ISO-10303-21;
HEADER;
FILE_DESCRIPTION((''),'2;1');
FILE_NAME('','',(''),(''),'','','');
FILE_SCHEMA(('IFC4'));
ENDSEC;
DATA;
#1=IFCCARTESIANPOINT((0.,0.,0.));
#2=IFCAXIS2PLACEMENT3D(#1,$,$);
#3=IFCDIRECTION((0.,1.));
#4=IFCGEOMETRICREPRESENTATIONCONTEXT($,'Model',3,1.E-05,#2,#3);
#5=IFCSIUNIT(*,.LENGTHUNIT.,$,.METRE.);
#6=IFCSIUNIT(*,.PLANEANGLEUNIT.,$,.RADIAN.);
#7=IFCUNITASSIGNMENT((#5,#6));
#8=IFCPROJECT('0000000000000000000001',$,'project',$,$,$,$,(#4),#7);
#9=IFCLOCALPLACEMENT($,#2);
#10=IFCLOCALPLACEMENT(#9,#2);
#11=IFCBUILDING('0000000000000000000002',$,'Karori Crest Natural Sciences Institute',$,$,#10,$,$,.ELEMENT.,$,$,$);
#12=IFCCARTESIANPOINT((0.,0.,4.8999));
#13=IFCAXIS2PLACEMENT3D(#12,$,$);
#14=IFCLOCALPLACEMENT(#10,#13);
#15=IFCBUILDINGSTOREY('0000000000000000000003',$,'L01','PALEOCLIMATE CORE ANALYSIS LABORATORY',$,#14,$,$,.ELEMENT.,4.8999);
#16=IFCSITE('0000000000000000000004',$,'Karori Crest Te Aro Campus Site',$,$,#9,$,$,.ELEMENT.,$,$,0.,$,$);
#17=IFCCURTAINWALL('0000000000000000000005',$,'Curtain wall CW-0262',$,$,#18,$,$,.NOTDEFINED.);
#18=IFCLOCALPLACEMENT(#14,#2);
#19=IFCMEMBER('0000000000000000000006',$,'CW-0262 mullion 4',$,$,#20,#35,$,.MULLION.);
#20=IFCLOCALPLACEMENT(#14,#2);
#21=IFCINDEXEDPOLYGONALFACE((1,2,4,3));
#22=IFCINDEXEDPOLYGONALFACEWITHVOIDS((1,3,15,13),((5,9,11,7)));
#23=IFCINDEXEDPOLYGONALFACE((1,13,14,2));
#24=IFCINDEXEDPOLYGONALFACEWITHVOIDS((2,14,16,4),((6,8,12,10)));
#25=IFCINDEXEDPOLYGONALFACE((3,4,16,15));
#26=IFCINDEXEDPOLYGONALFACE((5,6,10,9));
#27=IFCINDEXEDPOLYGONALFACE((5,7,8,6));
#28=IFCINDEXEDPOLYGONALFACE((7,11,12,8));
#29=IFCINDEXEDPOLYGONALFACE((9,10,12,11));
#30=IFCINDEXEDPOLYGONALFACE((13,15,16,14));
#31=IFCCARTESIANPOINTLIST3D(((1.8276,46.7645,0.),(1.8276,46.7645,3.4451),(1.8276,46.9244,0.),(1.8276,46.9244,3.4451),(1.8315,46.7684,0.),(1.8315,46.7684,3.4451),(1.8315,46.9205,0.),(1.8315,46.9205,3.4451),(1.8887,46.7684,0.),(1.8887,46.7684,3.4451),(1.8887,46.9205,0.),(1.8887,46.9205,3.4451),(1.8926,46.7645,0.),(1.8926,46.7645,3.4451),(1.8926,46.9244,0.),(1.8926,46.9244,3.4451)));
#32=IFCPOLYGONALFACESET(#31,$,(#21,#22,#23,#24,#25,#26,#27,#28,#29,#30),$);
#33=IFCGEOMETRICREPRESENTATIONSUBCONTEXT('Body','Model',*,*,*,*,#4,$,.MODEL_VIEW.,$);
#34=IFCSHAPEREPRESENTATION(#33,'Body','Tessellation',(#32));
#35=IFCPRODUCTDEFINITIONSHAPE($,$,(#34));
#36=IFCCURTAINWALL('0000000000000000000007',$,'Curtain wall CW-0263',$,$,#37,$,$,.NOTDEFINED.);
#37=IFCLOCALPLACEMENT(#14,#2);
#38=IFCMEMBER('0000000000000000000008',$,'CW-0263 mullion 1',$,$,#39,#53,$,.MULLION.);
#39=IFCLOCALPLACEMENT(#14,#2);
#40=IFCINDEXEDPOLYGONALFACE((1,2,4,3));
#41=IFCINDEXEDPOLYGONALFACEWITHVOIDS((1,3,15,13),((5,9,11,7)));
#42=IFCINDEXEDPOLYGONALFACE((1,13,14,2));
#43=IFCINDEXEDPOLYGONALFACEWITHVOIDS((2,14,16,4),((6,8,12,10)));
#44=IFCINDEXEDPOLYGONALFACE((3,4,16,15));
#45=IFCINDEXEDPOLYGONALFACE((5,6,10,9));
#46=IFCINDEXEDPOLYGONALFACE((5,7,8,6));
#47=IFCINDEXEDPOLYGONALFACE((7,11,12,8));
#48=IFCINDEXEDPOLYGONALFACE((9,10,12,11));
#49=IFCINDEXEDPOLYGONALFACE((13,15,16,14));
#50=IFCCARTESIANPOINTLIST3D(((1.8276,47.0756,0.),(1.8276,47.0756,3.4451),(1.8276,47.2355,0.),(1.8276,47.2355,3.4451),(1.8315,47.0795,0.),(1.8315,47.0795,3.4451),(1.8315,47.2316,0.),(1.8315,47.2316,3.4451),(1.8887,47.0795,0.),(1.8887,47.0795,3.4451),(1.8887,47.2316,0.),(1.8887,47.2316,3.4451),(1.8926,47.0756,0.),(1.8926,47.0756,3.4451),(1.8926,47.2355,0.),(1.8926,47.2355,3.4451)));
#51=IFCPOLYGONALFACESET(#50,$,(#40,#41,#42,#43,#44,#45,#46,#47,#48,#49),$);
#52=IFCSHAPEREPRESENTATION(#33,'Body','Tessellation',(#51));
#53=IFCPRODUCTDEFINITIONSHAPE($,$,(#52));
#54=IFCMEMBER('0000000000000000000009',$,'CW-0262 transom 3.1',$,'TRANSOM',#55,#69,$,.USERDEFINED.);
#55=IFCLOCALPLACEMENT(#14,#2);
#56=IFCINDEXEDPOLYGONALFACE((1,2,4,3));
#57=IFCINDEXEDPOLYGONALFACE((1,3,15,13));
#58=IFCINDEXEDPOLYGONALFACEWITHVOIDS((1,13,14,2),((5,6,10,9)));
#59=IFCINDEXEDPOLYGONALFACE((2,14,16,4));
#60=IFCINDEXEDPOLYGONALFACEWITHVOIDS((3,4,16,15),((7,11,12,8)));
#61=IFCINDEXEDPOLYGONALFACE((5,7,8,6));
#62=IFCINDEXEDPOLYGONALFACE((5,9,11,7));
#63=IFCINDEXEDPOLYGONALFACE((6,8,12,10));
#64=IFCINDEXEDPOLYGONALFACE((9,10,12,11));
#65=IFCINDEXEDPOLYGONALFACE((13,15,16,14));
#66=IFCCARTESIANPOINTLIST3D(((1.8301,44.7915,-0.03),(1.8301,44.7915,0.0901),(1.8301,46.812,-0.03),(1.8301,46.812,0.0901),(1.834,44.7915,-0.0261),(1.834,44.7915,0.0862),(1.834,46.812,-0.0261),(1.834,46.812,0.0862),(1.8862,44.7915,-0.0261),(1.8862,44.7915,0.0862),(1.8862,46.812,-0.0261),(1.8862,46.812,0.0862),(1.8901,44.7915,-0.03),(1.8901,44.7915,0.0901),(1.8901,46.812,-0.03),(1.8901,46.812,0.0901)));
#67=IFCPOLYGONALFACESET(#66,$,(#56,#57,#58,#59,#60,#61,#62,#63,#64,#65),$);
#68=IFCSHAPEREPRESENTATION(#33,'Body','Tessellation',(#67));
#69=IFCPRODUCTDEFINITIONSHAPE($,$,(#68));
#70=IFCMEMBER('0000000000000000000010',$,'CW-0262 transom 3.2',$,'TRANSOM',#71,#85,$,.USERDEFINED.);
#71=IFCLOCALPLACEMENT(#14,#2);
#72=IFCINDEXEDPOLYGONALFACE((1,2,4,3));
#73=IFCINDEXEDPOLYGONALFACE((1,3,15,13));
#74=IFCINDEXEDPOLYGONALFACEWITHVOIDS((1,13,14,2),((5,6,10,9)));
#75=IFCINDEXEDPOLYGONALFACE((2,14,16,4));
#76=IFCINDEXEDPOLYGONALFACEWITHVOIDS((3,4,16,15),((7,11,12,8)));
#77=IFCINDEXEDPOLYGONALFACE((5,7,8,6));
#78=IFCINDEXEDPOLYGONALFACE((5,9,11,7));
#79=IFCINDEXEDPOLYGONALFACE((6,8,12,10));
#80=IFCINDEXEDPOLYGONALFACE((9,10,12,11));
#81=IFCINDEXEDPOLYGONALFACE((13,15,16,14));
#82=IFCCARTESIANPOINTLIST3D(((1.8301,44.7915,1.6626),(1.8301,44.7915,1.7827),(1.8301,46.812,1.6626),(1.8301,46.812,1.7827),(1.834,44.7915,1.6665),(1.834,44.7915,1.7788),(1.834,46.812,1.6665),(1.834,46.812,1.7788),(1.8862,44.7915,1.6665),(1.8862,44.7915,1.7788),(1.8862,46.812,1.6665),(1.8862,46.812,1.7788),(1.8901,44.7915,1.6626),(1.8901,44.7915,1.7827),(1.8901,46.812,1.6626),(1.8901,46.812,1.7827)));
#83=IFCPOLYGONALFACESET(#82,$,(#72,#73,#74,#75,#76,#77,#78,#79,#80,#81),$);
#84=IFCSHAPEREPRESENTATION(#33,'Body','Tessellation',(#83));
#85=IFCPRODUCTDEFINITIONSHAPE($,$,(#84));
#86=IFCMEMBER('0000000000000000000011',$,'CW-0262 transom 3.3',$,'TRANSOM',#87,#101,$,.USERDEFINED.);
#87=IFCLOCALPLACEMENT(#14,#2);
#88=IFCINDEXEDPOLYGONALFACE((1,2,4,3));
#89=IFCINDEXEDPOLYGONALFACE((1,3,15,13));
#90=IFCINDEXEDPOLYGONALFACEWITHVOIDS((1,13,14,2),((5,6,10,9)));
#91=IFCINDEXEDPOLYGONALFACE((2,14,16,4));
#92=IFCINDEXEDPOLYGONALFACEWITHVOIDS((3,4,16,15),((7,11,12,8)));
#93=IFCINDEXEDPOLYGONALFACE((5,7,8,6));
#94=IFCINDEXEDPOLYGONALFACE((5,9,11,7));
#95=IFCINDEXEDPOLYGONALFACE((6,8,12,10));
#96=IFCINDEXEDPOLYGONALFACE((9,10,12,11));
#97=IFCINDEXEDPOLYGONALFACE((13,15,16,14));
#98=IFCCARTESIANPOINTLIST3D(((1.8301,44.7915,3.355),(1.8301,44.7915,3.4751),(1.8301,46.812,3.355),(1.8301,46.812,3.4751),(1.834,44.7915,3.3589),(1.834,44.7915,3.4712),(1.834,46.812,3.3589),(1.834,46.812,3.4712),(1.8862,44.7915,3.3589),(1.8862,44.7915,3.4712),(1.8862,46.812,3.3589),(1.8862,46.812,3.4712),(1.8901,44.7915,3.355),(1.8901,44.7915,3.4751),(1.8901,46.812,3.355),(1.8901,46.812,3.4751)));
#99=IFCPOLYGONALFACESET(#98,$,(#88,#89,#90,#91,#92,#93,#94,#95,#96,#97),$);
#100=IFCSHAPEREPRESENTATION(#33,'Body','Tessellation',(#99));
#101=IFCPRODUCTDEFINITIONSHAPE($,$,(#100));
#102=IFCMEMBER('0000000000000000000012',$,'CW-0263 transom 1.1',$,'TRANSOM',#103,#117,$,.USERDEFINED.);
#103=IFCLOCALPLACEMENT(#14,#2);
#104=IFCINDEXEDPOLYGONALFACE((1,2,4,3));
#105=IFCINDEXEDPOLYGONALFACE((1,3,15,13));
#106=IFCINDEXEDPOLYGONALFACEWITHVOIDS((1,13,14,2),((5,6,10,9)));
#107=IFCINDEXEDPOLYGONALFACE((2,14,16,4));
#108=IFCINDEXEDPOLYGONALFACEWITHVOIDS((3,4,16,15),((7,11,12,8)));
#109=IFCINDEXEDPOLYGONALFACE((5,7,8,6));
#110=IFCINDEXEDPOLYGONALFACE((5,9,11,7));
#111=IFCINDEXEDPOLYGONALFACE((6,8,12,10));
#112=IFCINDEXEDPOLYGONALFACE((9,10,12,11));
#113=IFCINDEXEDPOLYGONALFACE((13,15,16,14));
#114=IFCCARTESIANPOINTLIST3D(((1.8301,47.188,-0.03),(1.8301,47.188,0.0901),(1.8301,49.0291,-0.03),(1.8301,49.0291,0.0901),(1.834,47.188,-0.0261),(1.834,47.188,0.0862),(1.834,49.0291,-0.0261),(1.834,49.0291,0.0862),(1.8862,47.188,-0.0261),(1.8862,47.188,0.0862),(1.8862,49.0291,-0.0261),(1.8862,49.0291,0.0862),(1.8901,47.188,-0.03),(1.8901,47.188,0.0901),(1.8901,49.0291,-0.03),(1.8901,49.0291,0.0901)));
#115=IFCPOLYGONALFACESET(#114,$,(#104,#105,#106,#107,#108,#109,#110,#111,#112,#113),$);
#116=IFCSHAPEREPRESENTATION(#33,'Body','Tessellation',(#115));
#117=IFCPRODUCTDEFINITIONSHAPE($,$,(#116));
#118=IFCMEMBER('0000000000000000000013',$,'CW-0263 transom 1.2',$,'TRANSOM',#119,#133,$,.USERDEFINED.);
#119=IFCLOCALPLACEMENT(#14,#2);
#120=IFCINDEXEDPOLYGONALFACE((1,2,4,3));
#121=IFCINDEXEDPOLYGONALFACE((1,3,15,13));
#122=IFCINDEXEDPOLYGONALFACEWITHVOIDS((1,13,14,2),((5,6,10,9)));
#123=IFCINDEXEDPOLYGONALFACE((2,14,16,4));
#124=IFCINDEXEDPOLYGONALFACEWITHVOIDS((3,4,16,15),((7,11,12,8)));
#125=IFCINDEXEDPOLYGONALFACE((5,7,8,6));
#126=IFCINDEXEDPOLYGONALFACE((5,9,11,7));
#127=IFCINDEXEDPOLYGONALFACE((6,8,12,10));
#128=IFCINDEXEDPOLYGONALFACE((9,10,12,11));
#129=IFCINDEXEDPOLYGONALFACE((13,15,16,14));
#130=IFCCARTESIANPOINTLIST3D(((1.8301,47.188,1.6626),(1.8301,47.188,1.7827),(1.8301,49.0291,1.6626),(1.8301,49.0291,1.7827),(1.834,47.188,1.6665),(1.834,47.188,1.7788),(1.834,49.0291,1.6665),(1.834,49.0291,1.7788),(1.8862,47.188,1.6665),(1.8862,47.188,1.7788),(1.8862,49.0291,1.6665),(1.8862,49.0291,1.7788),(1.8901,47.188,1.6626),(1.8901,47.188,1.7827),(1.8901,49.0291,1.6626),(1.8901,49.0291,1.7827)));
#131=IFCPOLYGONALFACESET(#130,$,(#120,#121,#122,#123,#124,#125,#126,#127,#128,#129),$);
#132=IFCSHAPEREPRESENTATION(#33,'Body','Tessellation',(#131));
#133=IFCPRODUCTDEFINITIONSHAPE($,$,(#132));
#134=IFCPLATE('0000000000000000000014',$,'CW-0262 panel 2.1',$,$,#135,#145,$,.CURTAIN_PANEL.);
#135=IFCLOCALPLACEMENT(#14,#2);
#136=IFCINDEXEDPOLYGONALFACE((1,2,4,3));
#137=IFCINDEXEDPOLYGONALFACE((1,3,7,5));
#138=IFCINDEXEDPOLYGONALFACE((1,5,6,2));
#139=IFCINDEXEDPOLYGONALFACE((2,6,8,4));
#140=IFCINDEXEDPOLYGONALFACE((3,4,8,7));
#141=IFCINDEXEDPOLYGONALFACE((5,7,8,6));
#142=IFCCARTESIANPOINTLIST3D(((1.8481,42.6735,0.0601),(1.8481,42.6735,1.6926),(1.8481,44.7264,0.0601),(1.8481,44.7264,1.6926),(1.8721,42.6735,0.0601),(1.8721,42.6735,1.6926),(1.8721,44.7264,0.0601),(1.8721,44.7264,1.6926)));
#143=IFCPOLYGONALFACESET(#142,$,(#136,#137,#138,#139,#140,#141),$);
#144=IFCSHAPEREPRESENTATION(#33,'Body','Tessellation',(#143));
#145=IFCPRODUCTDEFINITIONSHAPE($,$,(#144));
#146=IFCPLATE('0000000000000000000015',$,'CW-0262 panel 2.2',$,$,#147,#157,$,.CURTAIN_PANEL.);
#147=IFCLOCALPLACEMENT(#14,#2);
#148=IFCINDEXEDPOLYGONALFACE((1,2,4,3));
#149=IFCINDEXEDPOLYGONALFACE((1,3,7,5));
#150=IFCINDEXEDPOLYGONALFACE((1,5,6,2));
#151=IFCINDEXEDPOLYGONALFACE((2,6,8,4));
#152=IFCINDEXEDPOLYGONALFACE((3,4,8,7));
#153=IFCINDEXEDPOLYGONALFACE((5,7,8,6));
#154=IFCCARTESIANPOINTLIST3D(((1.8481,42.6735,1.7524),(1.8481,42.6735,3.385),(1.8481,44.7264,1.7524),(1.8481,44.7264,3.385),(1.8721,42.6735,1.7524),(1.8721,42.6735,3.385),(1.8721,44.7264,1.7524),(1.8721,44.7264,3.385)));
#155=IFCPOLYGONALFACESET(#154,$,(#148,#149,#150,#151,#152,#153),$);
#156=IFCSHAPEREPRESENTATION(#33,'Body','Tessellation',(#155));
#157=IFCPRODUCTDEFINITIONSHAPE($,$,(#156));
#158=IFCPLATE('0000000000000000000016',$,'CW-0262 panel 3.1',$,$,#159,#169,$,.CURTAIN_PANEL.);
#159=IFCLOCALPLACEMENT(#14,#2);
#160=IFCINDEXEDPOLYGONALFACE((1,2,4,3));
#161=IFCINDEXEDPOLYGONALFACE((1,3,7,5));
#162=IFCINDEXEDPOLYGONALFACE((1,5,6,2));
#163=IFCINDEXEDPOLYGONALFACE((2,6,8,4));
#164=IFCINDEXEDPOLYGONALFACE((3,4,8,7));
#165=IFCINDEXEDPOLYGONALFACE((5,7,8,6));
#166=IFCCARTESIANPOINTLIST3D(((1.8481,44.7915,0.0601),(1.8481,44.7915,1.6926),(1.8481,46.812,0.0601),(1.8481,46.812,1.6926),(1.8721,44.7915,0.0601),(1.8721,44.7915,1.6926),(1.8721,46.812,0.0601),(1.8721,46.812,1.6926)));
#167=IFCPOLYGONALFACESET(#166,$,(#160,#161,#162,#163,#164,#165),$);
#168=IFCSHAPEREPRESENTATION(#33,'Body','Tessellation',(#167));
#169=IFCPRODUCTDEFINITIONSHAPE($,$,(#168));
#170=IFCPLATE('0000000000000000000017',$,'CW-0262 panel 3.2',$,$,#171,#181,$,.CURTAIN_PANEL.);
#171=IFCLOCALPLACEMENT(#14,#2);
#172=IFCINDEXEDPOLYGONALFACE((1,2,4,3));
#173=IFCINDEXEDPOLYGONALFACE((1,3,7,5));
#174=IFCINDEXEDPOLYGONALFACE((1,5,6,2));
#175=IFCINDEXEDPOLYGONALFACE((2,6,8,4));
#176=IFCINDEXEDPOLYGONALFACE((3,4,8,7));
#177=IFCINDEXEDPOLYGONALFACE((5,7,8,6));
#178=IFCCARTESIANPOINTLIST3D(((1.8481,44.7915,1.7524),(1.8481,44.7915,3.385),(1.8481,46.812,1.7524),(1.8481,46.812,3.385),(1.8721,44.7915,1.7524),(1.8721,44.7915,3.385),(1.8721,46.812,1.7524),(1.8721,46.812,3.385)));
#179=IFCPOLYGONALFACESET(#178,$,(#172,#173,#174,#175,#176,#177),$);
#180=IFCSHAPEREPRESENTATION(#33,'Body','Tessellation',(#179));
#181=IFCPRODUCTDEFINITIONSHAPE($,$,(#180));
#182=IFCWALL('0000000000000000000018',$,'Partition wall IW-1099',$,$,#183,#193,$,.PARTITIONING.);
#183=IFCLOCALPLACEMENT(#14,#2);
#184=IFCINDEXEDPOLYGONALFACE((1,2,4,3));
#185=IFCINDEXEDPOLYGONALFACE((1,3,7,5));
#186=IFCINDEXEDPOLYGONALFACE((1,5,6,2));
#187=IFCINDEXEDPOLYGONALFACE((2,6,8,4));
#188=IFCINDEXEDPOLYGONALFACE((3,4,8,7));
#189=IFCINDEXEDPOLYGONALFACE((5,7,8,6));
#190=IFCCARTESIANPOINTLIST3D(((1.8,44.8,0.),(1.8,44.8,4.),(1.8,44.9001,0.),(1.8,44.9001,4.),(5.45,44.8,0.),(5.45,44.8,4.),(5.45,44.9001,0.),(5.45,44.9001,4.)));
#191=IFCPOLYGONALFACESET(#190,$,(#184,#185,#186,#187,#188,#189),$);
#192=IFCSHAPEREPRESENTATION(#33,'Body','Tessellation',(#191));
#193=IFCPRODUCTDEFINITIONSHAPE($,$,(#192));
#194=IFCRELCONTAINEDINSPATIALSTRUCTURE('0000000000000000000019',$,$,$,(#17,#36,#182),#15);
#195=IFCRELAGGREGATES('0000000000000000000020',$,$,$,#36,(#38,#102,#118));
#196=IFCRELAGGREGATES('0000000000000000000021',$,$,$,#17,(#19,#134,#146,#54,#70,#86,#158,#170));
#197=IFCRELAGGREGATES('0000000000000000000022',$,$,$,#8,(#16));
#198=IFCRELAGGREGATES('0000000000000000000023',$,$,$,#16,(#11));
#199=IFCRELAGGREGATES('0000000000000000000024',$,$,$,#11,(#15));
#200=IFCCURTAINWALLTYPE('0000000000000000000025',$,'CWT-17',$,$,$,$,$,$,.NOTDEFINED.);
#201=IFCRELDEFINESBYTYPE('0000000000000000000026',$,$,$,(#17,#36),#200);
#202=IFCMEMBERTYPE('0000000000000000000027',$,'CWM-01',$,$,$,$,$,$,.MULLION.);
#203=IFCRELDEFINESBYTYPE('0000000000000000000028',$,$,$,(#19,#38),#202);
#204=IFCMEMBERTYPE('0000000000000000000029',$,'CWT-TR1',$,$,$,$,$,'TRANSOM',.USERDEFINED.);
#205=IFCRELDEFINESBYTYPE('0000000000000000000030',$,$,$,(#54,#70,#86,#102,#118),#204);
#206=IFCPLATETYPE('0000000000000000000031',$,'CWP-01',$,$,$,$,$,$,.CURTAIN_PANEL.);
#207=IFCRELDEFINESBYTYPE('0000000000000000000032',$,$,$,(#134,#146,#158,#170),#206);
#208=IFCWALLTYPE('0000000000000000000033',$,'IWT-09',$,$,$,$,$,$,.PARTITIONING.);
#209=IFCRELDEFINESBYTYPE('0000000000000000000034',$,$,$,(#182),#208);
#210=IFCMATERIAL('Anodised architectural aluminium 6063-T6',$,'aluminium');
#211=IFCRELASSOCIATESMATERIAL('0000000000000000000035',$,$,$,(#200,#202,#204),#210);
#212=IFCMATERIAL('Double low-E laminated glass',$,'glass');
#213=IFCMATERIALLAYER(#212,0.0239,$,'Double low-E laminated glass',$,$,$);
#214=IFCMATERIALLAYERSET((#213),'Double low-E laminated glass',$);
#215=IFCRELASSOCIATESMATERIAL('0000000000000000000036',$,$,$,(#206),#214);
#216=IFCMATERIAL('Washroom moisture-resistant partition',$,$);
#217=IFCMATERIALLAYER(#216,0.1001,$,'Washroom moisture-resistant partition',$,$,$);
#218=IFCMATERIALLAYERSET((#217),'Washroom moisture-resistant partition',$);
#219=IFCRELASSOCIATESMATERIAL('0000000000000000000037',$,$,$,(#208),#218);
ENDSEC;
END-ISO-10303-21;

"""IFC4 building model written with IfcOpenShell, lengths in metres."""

from ifc_helpers import new_model, si_unit, direction, frame, frame_2d, origin, origin_2d, place, context, subcontext, project, spatial, rectangle, hollow_rectangle, extrude, material, layer, layer_set, material_profile, profile_set, type_object, element, aggregate, save


model = new_model("IFC4")

# Units and contexts
model_context = context("Model", 3, precision=1e-05, world=origin(), true_north=direction((0.0, 1.0)))
body_context = subcontext(model_context, "Body", "Model", "MODEL_VIEW")
ifc_project = project(units=[si_unit("LENGTHUNIT", "METRE"), si_unit("PLANEANGLEUNIT", "RADIAN")], contexts=[model_context])

# Site, building, storey
site_placement = place(None, origin())
site = spatial("IfcSite", under=ifc_project, at=site_placement, Name="Karori Crest Te Aro Campus Site", CompositionType="ELEMENT", RefElevation=0.0)
building_placement = place(site_placement, origin())
building = spatial("IfcBuilding", under=site, at=building_placement, Name="Karori Crest Natural Sciences Institute", CompositionType="ELEMENT")
storey_placement = place(building_placement, frame((0.0, 0.0, 4.8999)))
storey = spatial("IfcBuildingStorey", under=building, at=storey_placement, Name="L01", Description="PALEOCLIMATE CORE ANALYSIS LABORATORY", CompositionType="ELEMENT", Elevation=4.8999)

# Curtain wall, member
ifc_material_1 = material(Name="Anodised architectural aluminium 6063-T6", Category="aluminium")
curtain_wall_type = type_object("IfcCurtainWallType", Name="CWT-17", PredefinedType="NOTDEFINED", material=ifc_material_1)
curtain_wall_1_placement = place(storey_placement, origin())
curtain_wall_1 = element("IfcCurtainWall", 1, at=curtain_wall_1_placement, inside=storey, type_object=curtain_wall_type, Name="Curtain wall CW-0262", PredefinedType="NOTDEFINED")
ifc_material_profile_1 = material_profile(ifc_material_1, hollow_rectangle(XDim=0.0649, YDim=0.1599, WallThickness=0.0039, at=origin_2d()), Name="CWM160x65x4")
ifc_profile_set_1 = profile_set([ifc_material_profile_1], Name="Anodised architectural aluminium 6063-T6")
member_type_1 = type_object("IfcMemberType", Name="CWM-01", PredefinedType="MULLION", material=ifc_profile_set_1)
member_1_placement = place(storey_placement, frame((1.8601, 46.8445, 0.0), z_axis=(0.0, 0.0, 1.0), x_axis=(-1.0, 0.0, 0.0)))
member_1 = element("IfcMember", 2, at=member_1_placement, type_object=member_type_1, Name="CW-0262 mullion 4", PredefinedType="MULLION", context=body_context, shape_type="SweptSolid", body=[
    extrude(hollow_rectangle(XDim=0.0649, YDim=0.1599, WallThickness=0.0039, at=origin_2d()), origin(), (0.0, 0.0, 1.0), 3.4451),
])

# Curtain wall, member
curtain_wall_2_placement = place(storey_placement, origin())
curtain_wall_2 = element("IfcCurtainWall", 3, at=curtain_wall_2_placement, inside=storey, type_object=curtain_wall_type, Name="Curtain wall CW-0263", PredefinedType="NOTDEFINED")
member_2_placement = place(storey_placement, frame((1.8601, 47.1555, 0.0), z_axis=(0.0, 0.0, 1.0), x_axis=(-1.0, 0.0, 0.0)))
member_2 = element("IfcMember", 4, at=member_2_placement, type_object=member_type_1, Name="CW-0263 mullion 1", PredefinedType="MULLION", context=body_context, shape_type="SweptSolid", body=[
    extrude(hollow_rectangle(XDim=0.0649, YDim=0.1599, WallThickness=0.0039, at=origin_2d()), origin(), (0.0, 0.0, 1.0), 3.4451),
])

# Members
ifc_material_profile_2 = material_profile(ifc_material_1, hollow_rectangle(XDim=0.0601, YDim=0.1201, WallThickness=0.0039, at=origin_2d()), Name="CWT120x60x4")
ifc_profile_set_2 = profile_set([ifc_material_profile_2], Name="Anodised architectural aluminium 6063-T6")
member_type_2 = type_object("IfcMemberType", Name="CWT-TR1", ElementType="TRANSOM", PredefinedType="USERDEFINED", material=ifc_profile_set_2)
member_3_placement = place(storey_placement, frame((1.8601, 44.7915, 0.03), z_axis=(0.0, 1.0, 0.0), x_axis=(-1.0, 0.0, 0.0)))
member_3 = element("IfcMember", 5, at=member_3_placement, type_object=member_type_2, Name="CW-0262 transom 3.1", ObjectType="TRANSOM", PredefinedType="USERDEFINED", context=body_context, shape_type="SweptSolid", body=[
    extrude(hollow_rectangle(XDim=0.0601, YDim=0.1201, WallThickness=0.0039, at=origin_2d()), origin(), (0.0, 0.0, 1.0), 2.0205),
])
member_4_placement = place(storey_placement, frame((1.8601, 44.7915, 1.7227), z_axis=(0.0, 1.0, 0.0), x_axis=(-1.0, 0.0, 0.0)))
member_4 = element("IfcMember", 6, at=member_4_placement, type_object=member_type_2, Name="CW-0262 transom 3.2", ObjectType="TRANSOM", PredefinedType="USERDEFINED", context=body_context, shape_type="SweptSolid", body=[
    extrude(hollow_rectangle(XDim=0.0601, YDim=0.1201, WallThickness=0.0039, at=origin_2d()), origin(), (0.0, 0.0, 1.0), 2.0205),
])
member_5_placement = place(storey_placement, frame((1.8601, 44.7915, 3.415), z_axis=(0.0, 1.0, 0.0), x_axis=(-1.0, 0.0, 0.0)))
member_5 = element("IfcMember", 7, at=member_5_placement, type_object=member_type_2, Name="CW-0262 transom 3.3", ObjectType="TRANSOM", PredefinedType="USERDEFINED", context=body_context, shape_type="SweptSolid", body=[
    extrude(hollow_rectangle(XDim=0.0601, YDim=0.1201, WallThickness=0.0039, at=origin_2d()), origin(), (0.0, 0.0, 1.0), 2.0205),
])
member_6_placement = place(storey_placement, frame((1.8601, 47.188, 0.03), z_axis=(0.0, 1.0, 0.0), x_axis=(-1.0, 0.0, 0.0)))
member_6 = element("IfcMember", 8, at=member_6_placement, type_object=member_type_2, Name="CW-0263 transom 1.1", ObjectType="TRANSOM", PredefinedType="USERDEFINED", context=body_context, shape_type="SweptSolid", body=[
    extrude(hollow_rectangle(XDim=0.0601, YDim=0.1201, WallThickness=0.0039, at=origin_2d()), origin(), (0.0, 0.0, 1.0), 1.8411),
])
member_7_placement = place(storey_placement, frame((1.8601, 47.188, 1.7227), z_axis=(0.0, 1.0, 0.0), x_axis=(-1.0, 0.0, 0.0)))
member_7 = element("IfcMember", 9, at=member_7_placement, type_object=member_type_2, Name="CW-0263 transom 1.2", ObjectType="TRANSOM", PredefinedType="USERDEFINED", context=body_context, shape_type="SweptSolid", body=[
    extrude(hollow_rectangle(XDim=0.0601, YDim=0.1201, WallThickness=0.0039, at=origin_2d()), origin(), (0.0, 0.0, 1.0), 1.8411),
])
aggregate(curtain_wall_2, [member_2, member_6, member_7])

# Plates
ifc_material_2 = material(Name="Double low-E laminated glass", Category="glass")
ifc_layer_1 = layer(ifc_material_2, 0.0239, Name="Double low-E laminated glass")
ifc_layer_set_1 = layer_set([ifc_layer_1], Name="Double low-E laminated glass")
plate_type = type_object("IfcPlateType", Name="CWP-01", PredefinedType="CURTAIN_PANEL", material=ifc_layer_set_1)
plate_1_placement = place(storey_placement, frame((1.8601, 43.7, 0.0601), z_axis=(0.0, 0.0, 1.0), x_axis=(0.0, 1.0, 0.0)))
plate_1 = element("IfcPlate", 10, at=plate_1_placement, type_object=plate_type, Name="CW-0262 panel 2.1", PredefinedType="CURTAIN_PANEL", context=body_context, shape_type="SweptSolid", body=[
    extrude(rectangle(XDim=2.053, YDim=0.0239, at=origin_2d()), origin(), (0.0, 0.0, 1.0), 1.6326),
])
plate_2_placement = place(storey_placement, frame((1.8601, 43.7, 1.7524), z_axis=(0.0, 0.0, 1.0), x_axis=(0.0, 1.0, 0.0)))
plate_2 = element("IfcPlate", 11, at=plate_2_placement, type_object=plate_type, Name="CW-0262 panel 2.2", PredefinedType="CURTAIN_PANEL", context=body_context, shape_type="SweptSolid", body=[
    extrude(rectangle(XDim=2.053, YDim=0.0239, at=origin_2d()), origin(), (0.0, 0.0, 1.0), 1.6326),
])
plate_3_placement = place(storey_placement, frame((1.8601, 45.8018, 0.0601), z_axis=(0.0, 0.0, 1.0), x_axis=(0.0, 1.0, 0.0)))
plate_3 = element("IfcPlate", 12, at=plate_3_placement, type_object=plate_type, Name="CW-0262 panel 3.1", PredefinedType="CURTAIN_PANEL", context=body_context, shape_type="SweptSolid", body=[
    extrude(rectangle(XDim=2.0205, YDim=0.0239, at=origin_2d()), origin(), (0.0, 0.0, 1.0), 1.6326),
])
plate_4_placement = place(storey_placement, frame((1.8601, 45.8018, 1.7524), z_axis=(0.0, 0.0, 1.0), x_axis=(0.0, 1.0, 0.0)))
plate_4 = element("IfcPlate", 13, at=plate_4_placement, type_object=plate_type, Name="CW-0262 panel 3.2", PredefinedType="CURTAIN_PANEL", context=body_context, shape_type="SweptSolid", body=[
    extrude(rectangle(XDim=2.0205, YDim=0.0239, at=origin_2d()), origin(), (0.0, 0.0, 1.0), 1.6326),
])
aggregate(curtain_wall_1, [member_1, plate_1, plate_2, member_3, member_4, member_5, plate_3, plate_4])

# Wall
ifc_material_3 = material(Name="Washroom moisture-resistant partition")
ifc_layer_2 = layer(ifc_material_3, 0.1001, Name="Washroom moisture-resistant partition")
ifc_layer_set_2 = layer_set([ifc_layer_2], Name="Washroom moisture-resistant partition")
wall_type = type_object("IfcWallType", Name="IWT-09", PredefinedType="PARTITIONING", material=ifc_layer_set_2)
wall_placement = place(storey_placement, frame((1.8, 44.8501, 0.0), z_axis=(0.0, 0.0, 1.0), x_axis=(1.0, 0.0, 0.0)))
element("IfcWall", 14, at=wall_placement, inside=storey, type_object=wall_type, Name="Partition wall IW-1099", PredefinedType="PARTITIONING", context=body_context, shape_type="SweptSolid", body=[
    extrude(rectangle(XDim=3.6499, YDim=0.1001, at=frame_2d((1.825, 0.0))), origin(), (0.0, 0.0, 1.0), 4.0),
])

save(model, "model.ifc")
